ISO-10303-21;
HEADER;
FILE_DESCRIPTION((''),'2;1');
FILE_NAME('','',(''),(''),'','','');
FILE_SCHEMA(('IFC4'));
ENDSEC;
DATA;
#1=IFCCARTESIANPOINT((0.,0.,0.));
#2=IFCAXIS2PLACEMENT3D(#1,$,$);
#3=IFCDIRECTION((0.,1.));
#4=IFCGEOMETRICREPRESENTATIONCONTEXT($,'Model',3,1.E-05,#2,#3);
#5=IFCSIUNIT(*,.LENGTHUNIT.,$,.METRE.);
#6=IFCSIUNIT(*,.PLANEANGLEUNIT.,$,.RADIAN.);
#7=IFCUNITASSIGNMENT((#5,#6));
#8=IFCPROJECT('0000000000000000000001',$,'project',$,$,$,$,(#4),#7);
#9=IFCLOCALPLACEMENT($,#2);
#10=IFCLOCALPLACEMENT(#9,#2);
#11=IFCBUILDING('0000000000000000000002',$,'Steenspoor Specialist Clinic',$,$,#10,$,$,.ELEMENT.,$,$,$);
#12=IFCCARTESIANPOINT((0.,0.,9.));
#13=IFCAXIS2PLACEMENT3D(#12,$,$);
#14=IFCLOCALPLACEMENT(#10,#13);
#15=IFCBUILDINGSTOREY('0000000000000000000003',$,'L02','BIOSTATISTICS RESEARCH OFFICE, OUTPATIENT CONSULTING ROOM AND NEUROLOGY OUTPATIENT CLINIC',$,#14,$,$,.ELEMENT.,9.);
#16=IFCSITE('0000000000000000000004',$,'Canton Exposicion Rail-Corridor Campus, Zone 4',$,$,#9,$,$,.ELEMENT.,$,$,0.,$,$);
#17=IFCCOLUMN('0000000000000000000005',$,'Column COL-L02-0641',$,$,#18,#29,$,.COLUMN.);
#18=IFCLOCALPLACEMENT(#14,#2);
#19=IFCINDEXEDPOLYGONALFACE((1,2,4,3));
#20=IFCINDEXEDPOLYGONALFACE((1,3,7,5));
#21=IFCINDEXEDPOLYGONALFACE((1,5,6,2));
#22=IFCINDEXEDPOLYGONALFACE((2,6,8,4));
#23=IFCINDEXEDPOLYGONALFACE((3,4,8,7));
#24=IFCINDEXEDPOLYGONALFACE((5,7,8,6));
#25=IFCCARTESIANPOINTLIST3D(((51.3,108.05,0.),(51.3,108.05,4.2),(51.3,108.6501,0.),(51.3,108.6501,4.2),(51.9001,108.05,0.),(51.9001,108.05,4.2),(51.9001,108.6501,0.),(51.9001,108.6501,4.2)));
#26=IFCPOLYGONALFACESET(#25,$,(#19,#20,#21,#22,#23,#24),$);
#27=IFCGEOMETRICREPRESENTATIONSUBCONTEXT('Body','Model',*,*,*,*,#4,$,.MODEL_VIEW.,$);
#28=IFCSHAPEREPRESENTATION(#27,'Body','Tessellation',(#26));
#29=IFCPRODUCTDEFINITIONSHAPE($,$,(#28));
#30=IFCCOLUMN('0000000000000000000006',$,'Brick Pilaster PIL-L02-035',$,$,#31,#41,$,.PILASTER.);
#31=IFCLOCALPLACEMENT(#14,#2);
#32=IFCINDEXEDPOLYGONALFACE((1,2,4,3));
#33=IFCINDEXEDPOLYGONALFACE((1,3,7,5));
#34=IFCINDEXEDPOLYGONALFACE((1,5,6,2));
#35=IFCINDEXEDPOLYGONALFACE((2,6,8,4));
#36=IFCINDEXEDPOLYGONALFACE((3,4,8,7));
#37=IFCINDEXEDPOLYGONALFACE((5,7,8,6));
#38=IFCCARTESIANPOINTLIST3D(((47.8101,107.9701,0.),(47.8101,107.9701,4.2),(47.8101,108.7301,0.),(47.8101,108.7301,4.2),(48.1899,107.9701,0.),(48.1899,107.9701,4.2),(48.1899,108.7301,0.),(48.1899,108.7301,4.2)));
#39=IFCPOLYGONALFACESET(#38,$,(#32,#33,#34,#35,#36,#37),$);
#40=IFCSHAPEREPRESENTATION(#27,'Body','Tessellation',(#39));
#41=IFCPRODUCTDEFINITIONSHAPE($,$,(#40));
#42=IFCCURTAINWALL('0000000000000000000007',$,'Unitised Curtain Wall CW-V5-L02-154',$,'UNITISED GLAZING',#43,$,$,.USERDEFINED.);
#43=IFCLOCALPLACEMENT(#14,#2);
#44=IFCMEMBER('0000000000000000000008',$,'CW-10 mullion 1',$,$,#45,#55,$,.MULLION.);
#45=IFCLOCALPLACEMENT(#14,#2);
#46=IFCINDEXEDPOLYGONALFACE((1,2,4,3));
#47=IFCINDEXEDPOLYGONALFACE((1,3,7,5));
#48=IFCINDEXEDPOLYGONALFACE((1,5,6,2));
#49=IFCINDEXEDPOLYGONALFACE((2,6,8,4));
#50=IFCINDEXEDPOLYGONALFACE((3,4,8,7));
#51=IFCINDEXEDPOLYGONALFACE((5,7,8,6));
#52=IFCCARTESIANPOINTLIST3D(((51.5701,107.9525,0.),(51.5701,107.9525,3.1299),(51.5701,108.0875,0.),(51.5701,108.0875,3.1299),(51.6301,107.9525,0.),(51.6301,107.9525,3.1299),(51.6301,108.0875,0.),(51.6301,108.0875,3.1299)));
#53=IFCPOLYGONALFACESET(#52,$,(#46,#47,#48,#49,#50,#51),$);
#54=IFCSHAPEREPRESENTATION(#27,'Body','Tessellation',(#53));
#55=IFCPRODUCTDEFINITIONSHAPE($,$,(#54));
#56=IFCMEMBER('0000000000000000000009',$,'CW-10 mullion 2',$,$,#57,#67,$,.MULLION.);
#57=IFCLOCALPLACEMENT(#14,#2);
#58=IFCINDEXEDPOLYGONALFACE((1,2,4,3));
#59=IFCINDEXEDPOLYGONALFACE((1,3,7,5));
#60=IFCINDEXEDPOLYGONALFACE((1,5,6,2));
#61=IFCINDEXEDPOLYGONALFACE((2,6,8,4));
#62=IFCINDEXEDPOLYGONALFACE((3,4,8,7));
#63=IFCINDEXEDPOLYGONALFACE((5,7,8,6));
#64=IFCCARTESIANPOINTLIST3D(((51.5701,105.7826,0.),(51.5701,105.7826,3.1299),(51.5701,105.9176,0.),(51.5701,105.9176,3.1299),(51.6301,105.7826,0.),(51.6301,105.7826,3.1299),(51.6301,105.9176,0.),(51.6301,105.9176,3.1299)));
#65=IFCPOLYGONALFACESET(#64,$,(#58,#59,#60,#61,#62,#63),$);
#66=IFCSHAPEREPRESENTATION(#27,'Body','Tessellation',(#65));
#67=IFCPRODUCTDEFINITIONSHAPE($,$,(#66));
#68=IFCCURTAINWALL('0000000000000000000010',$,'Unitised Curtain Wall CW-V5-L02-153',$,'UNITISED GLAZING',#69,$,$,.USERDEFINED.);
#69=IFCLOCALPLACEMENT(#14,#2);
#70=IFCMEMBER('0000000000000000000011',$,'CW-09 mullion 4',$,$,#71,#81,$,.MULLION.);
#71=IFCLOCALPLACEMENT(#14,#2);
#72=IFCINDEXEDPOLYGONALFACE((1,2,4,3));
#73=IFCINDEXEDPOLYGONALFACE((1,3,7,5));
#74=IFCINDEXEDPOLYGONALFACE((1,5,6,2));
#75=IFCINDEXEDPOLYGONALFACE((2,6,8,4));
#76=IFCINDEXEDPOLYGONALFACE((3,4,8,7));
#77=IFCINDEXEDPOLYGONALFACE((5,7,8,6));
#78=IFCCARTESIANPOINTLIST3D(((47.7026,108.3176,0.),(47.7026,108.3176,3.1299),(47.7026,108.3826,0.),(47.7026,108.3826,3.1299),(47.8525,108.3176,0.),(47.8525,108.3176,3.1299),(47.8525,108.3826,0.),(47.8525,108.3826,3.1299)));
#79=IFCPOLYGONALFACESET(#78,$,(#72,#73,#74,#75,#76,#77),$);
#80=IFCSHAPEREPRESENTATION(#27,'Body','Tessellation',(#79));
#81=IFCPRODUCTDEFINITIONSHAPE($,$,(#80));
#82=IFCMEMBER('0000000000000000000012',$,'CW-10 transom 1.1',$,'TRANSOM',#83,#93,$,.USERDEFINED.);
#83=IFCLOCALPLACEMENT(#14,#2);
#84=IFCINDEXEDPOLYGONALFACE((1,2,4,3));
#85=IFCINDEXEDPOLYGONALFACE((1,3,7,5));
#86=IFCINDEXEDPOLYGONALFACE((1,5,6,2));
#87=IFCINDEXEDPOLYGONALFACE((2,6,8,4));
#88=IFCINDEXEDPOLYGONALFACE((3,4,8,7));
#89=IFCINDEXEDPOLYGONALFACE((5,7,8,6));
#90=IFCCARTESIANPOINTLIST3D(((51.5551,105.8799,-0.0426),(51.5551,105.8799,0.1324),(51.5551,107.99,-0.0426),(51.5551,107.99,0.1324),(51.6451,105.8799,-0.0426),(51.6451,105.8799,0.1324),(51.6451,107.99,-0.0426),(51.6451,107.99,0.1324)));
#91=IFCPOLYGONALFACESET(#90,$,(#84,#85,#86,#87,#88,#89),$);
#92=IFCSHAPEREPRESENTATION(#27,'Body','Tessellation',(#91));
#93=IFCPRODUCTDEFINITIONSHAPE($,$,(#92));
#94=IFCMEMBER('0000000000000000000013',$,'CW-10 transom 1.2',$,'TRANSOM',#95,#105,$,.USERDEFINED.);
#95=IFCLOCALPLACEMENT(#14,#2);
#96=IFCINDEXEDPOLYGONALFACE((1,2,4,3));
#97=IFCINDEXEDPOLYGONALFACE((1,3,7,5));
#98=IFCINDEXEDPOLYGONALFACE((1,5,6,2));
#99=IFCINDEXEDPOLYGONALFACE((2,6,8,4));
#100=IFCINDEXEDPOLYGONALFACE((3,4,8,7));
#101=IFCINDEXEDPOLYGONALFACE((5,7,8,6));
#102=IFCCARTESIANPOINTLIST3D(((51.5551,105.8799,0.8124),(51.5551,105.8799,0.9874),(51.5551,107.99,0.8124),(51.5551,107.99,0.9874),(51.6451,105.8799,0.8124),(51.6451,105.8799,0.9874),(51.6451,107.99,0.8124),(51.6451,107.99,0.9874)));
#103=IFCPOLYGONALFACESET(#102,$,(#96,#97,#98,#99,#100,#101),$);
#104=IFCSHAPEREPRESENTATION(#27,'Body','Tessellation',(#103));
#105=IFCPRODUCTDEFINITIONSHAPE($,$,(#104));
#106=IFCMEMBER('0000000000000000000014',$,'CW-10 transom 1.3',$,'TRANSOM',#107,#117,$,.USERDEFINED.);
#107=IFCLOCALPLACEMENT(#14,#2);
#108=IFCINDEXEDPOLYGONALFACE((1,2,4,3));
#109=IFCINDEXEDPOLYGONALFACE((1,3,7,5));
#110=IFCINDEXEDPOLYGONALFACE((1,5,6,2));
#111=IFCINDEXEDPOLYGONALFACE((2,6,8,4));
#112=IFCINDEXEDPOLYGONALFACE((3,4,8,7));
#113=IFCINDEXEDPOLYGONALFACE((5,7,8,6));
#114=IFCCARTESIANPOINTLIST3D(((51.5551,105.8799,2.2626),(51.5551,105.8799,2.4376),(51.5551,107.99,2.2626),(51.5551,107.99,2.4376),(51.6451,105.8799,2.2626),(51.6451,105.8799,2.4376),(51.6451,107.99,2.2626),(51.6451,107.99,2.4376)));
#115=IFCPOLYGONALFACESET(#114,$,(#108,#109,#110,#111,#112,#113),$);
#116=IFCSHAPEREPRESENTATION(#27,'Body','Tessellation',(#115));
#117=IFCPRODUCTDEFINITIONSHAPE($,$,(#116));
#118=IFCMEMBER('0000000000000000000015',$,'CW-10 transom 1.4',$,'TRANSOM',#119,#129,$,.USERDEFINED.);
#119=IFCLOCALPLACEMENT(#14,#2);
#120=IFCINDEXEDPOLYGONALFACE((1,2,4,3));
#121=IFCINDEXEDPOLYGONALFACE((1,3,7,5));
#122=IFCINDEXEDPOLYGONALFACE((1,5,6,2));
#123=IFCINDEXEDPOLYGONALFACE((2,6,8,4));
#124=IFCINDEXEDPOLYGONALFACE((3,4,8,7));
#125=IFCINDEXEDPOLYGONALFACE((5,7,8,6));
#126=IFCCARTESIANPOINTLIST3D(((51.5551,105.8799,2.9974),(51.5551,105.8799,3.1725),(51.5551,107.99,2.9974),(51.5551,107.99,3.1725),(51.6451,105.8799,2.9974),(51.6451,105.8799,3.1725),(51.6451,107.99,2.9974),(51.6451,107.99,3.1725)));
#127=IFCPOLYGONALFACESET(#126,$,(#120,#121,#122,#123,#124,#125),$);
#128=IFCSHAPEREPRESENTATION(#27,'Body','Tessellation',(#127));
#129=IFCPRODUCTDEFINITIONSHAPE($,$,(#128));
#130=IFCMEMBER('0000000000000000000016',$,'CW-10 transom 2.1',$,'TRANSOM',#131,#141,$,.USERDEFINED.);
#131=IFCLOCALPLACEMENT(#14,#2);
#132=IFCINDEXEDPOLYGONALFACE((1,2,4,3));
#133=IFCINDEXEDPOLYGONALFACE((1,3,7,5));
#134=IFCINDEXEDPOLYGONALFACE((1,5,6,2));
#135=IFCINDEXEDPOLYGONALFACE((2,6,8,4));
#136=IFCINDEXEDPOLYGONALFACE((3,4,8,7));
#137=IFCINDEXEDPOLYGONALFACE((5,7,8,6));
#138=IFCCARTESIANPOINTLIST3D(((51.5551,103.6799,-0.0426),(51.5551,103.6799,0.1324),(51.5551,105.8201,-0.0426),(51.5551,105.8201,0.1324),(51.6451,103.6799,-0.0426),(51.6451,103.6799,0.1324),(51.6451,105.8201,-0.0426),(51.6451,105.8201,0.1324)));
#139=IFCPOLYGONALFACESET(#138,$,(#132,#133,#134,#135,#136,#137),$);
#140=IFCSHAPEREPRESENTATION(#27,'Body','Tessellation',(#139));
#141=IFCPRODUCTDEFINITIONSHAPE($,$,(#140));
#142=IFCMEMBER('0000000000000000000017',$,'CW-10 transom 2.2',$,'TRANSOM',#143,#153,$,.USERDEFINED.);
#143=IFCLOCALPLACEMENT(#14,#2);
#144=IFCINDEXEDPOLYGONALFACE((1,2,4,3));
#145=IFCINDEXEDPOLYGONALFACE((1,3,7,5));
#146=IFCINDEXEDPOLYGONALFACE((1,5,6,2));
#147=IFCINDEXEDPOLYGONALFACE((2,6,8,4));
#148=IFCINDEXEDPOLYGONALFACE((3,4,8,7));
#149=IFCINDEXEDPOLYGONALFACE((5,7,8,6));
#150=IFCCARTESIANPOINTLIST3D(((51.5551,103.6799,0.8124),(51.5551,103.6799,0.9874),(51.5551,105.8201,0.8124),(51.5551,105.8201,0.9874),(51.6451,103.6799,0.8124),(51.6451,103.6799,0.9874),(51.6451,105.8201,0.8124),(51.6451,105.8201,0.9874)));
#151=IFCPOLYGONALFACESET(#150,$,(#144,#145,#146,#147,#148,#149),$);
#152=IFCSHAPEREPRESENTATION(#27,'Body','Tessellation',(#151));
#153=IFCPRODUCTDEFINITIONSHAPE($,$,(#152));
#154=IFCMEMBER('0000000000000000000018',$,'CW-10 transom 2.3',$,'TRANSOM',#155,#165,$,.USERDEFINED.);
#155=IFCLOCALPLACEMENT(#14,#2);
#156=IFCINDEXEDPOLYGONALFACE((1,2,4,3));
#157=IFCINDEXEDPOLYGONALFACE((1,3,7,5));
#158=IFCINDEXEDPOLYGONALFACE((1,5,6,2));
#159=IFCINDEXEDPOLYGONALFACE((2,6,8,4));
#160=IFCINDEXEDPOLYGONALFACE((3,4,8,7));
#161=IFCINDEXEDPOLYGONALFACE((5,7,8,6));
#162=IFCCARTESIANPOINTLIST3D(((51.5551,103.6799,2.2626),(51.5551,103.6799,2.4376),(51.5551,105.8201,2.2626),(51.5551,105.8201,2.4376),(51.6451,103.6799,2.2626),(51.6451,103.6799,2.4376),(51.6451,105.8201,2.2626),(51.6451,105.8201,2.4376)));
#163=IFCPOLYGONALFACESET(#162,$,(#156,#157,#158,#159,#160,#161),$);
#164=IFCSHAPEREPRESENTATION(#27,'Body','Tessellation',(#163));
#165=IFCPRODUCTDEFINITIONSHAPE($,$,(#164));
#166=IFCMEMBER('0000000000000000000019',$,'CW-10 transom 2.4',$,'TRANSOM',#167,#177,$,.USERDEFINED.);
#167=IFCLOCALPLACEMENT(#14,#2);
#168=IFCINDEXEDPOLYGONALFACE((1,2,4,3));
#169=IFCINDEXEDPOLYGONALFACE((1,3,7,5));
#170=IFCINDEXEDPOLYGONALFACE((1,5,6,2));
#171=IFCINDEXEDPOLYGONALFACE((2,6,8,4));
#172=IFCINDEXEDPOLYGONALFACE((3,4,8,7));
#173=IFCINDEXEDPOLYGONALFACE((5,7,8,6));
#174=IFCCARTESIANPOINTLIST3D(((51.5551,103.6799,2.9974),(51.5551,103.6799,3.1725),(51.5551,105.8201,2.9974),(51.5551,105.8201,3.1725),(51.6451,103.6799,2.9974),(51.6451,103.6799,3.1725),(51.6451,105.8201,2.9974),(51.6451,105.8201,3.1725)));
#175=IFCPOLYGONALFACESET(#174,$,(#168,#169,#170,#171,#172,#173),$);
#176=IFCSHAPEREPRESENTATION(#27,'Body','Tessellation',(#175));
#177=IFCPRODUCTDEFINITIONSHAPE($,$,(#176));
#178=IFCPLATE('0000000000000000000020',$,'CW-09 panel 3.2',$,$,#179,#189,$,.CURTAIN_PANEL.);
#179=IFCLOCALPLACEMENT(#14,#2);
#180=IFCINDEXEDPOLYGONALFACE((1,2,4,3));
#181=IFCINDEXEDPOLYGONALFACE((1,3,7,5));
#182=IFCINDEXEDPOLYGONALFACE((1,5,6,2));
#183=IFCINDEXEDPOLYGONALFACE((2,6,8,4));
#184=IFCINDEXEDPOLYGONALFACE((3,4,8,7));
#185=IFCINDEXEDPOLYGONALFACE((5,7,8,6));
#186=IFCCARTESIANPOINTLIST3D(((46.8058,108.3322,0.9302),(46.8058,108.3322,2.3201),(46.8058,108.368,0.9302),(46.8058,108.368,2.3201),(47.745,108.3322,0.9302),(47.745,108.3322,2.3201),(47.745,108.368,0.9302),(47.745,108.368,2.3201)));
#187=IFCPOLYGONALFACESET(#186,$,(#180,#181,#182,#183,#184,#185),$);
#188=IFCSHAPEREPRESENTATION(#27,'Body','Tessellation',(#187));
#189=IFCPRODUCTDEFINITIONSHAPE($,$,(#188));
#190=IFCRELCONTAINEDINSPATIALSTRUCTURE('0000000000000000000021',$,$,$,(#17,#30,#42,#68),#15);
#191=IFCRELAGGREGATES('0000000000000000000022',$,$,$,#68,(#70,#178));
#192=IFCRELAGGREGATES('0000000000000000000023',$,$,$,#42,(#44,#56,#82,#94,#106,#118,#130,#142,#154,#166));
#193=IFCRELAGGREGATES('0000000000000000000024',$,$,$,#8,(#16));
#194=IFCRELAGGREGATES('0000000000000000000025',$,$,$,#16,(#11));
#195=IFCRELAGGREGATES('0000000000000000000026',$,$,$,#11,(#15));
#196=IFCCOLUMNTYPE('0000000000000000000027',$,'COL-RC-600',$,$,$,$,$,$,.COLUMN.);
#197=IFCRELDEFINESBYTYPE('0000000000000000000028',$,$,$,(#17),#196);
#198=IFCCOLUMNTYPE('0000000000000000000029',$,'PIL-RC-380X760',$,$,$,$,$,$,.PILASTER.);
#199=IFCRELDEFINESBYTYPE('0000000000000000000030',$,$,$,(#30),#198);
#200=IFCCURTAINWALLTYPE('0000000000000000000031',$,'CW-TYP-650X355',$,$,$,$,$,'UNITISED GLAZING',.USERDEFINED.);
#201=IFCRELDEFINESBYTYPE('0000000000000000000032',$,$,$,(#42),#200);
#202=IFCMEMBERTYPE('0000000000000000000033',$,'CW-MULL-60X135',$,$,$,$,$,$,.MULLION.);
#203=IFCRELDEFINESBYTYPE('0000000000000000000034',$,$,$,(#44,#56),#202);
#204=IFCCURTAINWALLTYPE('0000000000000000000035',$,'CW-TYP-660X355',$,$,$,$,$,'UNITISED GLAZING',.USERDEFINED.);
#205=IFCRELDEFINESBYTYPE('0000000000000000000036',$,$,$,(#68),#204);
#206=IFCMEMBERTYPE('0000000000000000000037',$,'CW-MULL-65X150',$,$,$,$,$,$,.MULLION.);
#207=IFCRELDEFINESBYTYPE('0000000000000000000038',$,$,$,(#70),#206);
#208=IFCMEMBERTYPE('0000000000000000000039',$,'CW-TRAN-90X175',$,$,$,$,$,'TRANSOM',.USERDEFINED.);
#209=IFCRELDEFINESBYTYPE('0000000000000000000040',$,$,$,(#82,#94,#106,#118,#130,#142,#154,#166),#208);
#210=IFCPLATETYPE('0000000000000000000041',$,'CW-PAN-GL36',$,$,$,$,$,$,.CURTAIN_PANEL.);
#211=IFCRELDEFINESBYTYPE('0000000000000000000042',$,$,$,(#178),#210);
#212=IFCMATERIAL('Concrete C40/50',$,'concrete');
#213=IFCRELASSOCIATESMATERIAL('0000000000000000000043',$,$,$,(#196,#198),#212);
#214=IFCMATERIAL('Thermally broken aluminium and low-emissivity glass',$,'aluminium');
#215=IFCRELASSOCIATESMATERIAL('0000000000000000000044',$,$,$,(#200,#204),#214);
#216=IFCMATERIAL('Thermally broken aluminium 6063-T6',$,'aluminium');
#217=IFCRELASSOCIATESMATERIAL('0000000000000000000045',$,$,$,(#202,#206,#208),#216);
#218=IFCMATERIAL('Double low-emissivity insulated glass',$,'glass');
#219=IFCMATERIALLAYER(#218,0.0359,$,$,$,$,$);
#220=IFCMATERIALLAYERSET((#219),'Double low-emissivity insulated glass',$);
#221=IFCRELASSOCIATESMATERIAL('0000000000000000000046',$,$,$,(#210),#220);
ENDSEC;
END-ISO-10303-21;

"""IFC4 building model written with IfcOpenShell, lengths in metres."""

from ifc_helpers import new_model, si_unit, direction, frame, origin, origin_2d, place, context, subcontext, project, spatial, rectangle, extrude, material, layer, layer_set, material_profile, profile_set, type_object, element, aggregate, save


model = new_model("IFC4")

# Units and contexts
model_context = context("Model", 3, precision=1e-05, world=origin(), true_north=direction((0.0, 1.0)))
body_context = subcontext(model_context, "Body", "Model", "MODEL_VIEW")
ifc_project = project(units=[si_unit("LENGTHUNIT", "METRE"), si_unit("PLANEANGLEUNIT", "RADIAN")], contexts=[model_context])

# Site, building, storey
site_placement = place(None, origin())
site = spatial("IfcSite", under=ifc_project, at=site_placement, Name="Canton Exposicion Rail-Corridor Campus, Zone 4", CompositionType="ELEMENT", RefElevation=0.0)
building_placement = place(site_placement, origin())
building = spatial("IfcBuilding", under=site, at=building_placement, Name="Steenspoor Specialist Clinic", CompositionType="ELEMENT")
storey_placement = place(building_placement, frame((0.0, 0.0, 9.0)))
storey = spatial("IfcBuildingStorey", under=building, at=storey_placement, Name="L02", Description="BIOSTATISTICS RESEARCH OFFICE, OUTPATIENT CONSULTING ROOM AND NEUROLOGY OUTPATIENT CLINIC", CompositionType="ELEMENT", Elevation=9.0)

# Columns
ifc_material_1 = material(Name="Concrete C40/50", Category="concrete")
ifc_material_profile_1 = material_profile(ifc_material_1, rectangle(XDim=0.6001, YDim=0.6001, at=origin_2d()), Name="RC-COL-600X600")
ifc_profile_set_1 = profile_set([ifc_material_profile_1], Name="Concrete C40/50")
column_type_1 = type_object("IfcColumnType", Name="COL-RC-600", PredefinedType="COLUMN", material=ifc_profile_set_1)
column_1_placement = place(storey_placement, frame((51.6001, 108.3501, 0.0), z_axis=(0.0, 0.0, 1.0), x_axis=(1.0, 0.0, 0.0)))
element("IfcColumn", 1, at=column_1_placement, inside=storey, type_object=column_type_1, Name="Column COL-L02-0641", PredefinedType="COLUMN", context=body_context, shape_type="SweptSolid", body=[
    extrude(rectangle(XDim=0.6001, YDim=0.6001, at=origin_2d()), origin(), (0.0, 0.0, 1.0), 4.2),
])
ifc_material_profile_2 = material_profile(ifc_material_1, rectangle(XDim=0.3799, YDim=0.76, at=origin_2d()), Name="RC-PIL-380X760")
ifc_profile_set_2 = profile_set([ifc_material_profile_2], Name="Concrete C40/50")
column_type_2 = type_object("IfcColumnType", Name="PIL-RC-380X760", PredefinedType="PILASTER", material=ifc_profile_set_2)
column_2_placement = place(storey_placement, frame((48.0, 108.3501, 0.0), z_axis=(0.0, 0.0, 1.0), x_axis=(1.0, 0.0, 0.0)))
element("IfcColumn", 2, at=column_2_placement, inside=storey, type_object=column_type_2, Name="Brick Pilaster PIL-L02-035", PredefinedType="PILASTER", context=body_context, shape_type="SweptSolid", body=[
    extrude(rectangle(XDim=0.3799, YDim=0.76, at=origin_2d()), origin(), (0.0, 0.0, 1.0), 4.2),
])

# Curtain wall, members
ifc_material_2 = material(Name="Thermally broken aluminium and low-emissivity glass", Category="aluminium")
curtain_wall_type_1 = type_object("IfcCurtainWallType", Name="CW-TYP-650X355", ElementType="UNITISED GLAZING", PredefinedType="USERDEFINED", material=ifc_material_2)
curtain_wall_1_placement = place(storey_placement, origin())
curtain_wall_1 = element("IfcCurtainWall", 3, at=curtain_wall_1_placement, inside=storey, type_object=curtain_wall_type_1, Name="Unitised Curtain Wall CW-V5-L02-154", ObjectType="UNITISED GLAZING", PredefinedType="USERDEFINED")
ifc_material_3 = material(Name="Thermally broken aluminium 6063-T6", Category="aluminium")
ifc_material_profile_3 = material_profile(ifc_material_3, rectangle(XDim=0.0601, YDim=0.135, at=origin_2d()), Name="CWM-60X135")
ifc_profile_set_3 = profile_set([ifc_material_profile_3], Name="Thermally broken aluminium 6063-T6")
member_type_1 = type_object("IfcMemberType", Name="CW-MULL-60X135", PredefinedType="MULLION", material=ifc_profile_set_3)
member_1_placement = place(storey_placement, frame((51.6001, 108.02, 0.0), z_axis=(0.0, 0.0, 1.0), x_axis=(1.0, 0.0, 0.0)))
member_1 = element("IfcMember", 4, at=member_1_placement, type_object=member_type_1, Name="CW-10 mullion 1", PredefinedType="MULLION", context=body_context, shape_type="SweptSolid", body=[
    extrude(rectangle(XDim=0.0601, YDim=0.135, at=origin_2d()), origin(), (0.0, 0.0, 1.0), 3.1299),
])
member_2_placement = place(storey_placement, frame((51.6001, 105.8501, 0.0), z_axis=(0.0, 0.0, 1.0), x_axis=(1.0, 0.0, 0.0)))
member_2 = element("IfcMember", 5, at=member_2_placement, type_object=member_type_1, Name="CW-10 mullion 2", PredefinedType="MULLION", context=body_context, shape_type="SweptSolid", body=[
    extrude(rectangle(XDim=0.0601, YDim=0.135, at=origin_2d()), origin(), (0.0, 0.0, 1.0), 3.1299),
])

# Curtain wall, member
curtain_wall_type_2 = type_object("IfcCurtainWallType", Name="CW-TYP-660X355", ElementType="UNITISED GLAZING", PredefinedType="USERDEFINED", material=ifc_material_2)
curtain_wall_2_placement = place(storey_placement, origin())
curtain_wall_2 = element("IfcCurtainWall", 6, at=curtain_wall_2_placement, inside=storey, type_object=curtain_wall_type_2, Name="Unitised Curtain Wall CW-V5-L02-153", ObjectType="UNITISED GLAZING", PredefinedType="USERDEFINED")
ifc_material_profile_4 = material_profile(ifc_material_3, rectangle(XDim=0.0649, YDim=0.1499, at=origin_2d()), Name="CWM-65X150")
ifc_profile_set_4 = profile_set([ifc_material_profile_4], Name="Thermally broken aluminium 6063-T6")
member_type_2 = type_object("IfcMemberType", Name="CW-MULL-65X150", PredefinedType="MULLION", material=ifc_profile_set_4)
member_3_placement = place(storey_placement, frame((47.7776, 108.3501, 0.0), z_axis=(0.0, 0.0, 1.0), x_axis=(0.0, 1.0, 0.0)))
member_3 = element("IfcMember", 7, at=member_3_placement, type_object=member_type_2, Name="CW-09 mullion 4", PredefinedType="MULLION", context=body_context, shape_type="SweptSolid", body=[
    extrude(rectangle(XDim=0.0649, YDim=0.1499, at=origin_2d()), origin(), (0.0, 0.0, 1.0), 3.1299),
])

# Members
ifc_material_profile_5 = material_profile(ifc_material_3, rectangle(XDim=0.0901, YDim=0.175, at=origin_2d()), Name="CWT-90X175")
ifc_profile_set_5 = profile_set([ifc_material_profile_5], Name="Thermally broken aluminium 6063-T6")
member_type_3 = type_object("IfcMemberType", Name="CW-TRAN-90X175", ElementType="TRANSOM", PredefinedType="USERDEFINED", material=ifc_profile_set_5)
member_4_placement = place(storey_placement, frame((51.6001, 107.99, 0.0449), z_axis=(0.0, -1.0, 0.0), x_axis=(1.0, 0.0, 0.0)))
member_4 = element("IfcMember", 8, at=member_4_placement, type_object=member_type_3, Name="CW-10 transom 1.1", ObjectType="TRANSOM", PredefinedType="USERDEFINED", context=body_context, shape_type="SweptSolid", body=[
    extrude(rectangle(XDim=0.0901, YDim=0.175, at=origin_2d()), origin(), (0.0, 0.0, 1.0), 2.1101),
])
member_5_placement = place(storey_placement, frame((51.6001, 107.99, 0.8999), z_axis=(0.0, -1.0, 0.0), x_axis=(1.0, 0.0, 0.0)))
member_5 = element("IfcMember", 9, at=member_5_placement, type_object=member_type_3, Name="CW-10 transom 1.2", ObjectType="TRANSOM", PredefinedType="USERDEFINED", context=body_context, shape_type="SweptSolid", body=[
    extrude(rectangle(XDim=0.0901, YDim=0.175, at=origin_2d()), origin(), (0.0, 0.0, 1.0), 2.1101),
])
member_6_placement = place(storey_placement, frame((51.6001, 107.99, 2.3501), z_axis=(0.0, -1.0, 0.0), x_axis=(1.0, 0.0, 0.0)))
member_6 = element("IfcMember", 10, at=member_6_placement, type_object=member_type_3, Name="CW-10 transom 1.3", ObjectType="TRANSOM", PredefinedType="USERDEFINED", context=body_context, shape_type="SweptSolid", body=[
    extrude(rectangle(XDim=0.0901, YDim=0.175, at=origin_2d()), origin(), (0.0, 0.0, 1.0), 2.1101),
])
member_7_placement = place(storey_placement, frame((51.6001, 107.99, 3.085), z_axis=(0.0, -1.0, 0.0), x_axis=(1.0, 0.0, 0.0)))
member_7 = element("IfcMember", 11, at=member_7_placement, type_object=member_type_3, Name="CW-10 transom 1.4", ObjectType="TRANSOM", PredefinedType="USERDEFINED", context=body_context, shape_type="SweptSolid", body=[
    extrude(rectangle(XDim=0.0901, YDim=0.175, at=origin_2d()), origin(), (0.0, 0.0, 1.0), 2.1101),
])
member_8_placement = place(storey_placement, frame((51.6001, 105.8201, 0.0449), z_axis=(0.0, -1.0, 0.0), x_axis=(1.0, 0.0, 0.0)))
member_8 = element("IfcMember", 12, at=member_8_placement, type_object=member_type_3, Name="CW-10 transom 2.1", ObjectType="TRANSOM", PredefinedType="USERDEFINED", context=body_context, shape_type="SweptSolid", body=[
    extrude(rectangle(XDim=0.0901, YDim=0.175, at=origin_2d()), origin(), (0.0, 0.0, 1.0), 2.1401),
])
member_9_placement = place(storey_placement, frame((51.6001, 105.8201, 0.8999), z_axis=(0.0, -1.0, 0.0), x_axis=(1.0, 0.0, 0.0)))
member_9 = element("IfcMember", 13, at=member_9_placement, type_object=member_type_3, Name="CW-10 transom 2.2", ObjectType="TRANSOM", PredefinedType="USERDEFINED", context=body_context, shape_type="SweptSolid", body=[
    extrude(rectangle(XDim=0.0901, YDim=0.175, at=origin_2d()), origin(), (0.0, 0.0, 1.0), 2.1401),
])
member_10_placement = place(storey_placement, frame((51.6001, 105.8201, 2.3501), z_axis=(0.0, -1.0, 0.0), x_axis=(1.0, 0.0, 0.0)))
member_10 = element("IfcMember", 14, at=member_10_placement, type_object=member_type_3, Name="CW-10 transom 2.3", ObjectType="TRANSOM", PredefinedType="USERDEFINED", context=body_context, shape_type="SweptSolid", body=[
    extrude(rectangle(XDim=0.0901, YDim=0.175, at=origin_2d()), origin(), (0.0, 0.0, 1.0), 2.1401),
])
member_11_placement = place(storey_placement, frame((51.6001, 105.8201, 3.085), z_axis=(0.0, -1.0, 0.0), x_axis=(1.0, 0.0, 0.0)))
member_11 = element("IfcMember", 15, at=member_11_placement, type_object=member_type_3, Name="CW-10 transom 2.4", ObjectType="TRANSOM", PredefinedType="USERDEFINED", context=body_context, shape_type="SweptSolid", body=[
    extrude(rectangle(XDim=0.0901, YDim=0.175, at=origin_2d()), origin(), (0.0, 0.0, 1.0), 2.1401),
])

# Plate
ifc_material_4 = material(Name="Double low-emissivity insulated glass", Category="glass")
ifc_layer_1 = layer(ifc_material_4, 0.0359)
ifc_layer_set_1 = layer_set([ifc_layer_1], Name="Double low-emissivity insulated glass")
plate_type_1 = type_object("IfcPlateType", Name="CW-PAN-GL36", PredefinedType="CURTAIN_PANEL", material=ifc_layer_set_1)
plate_1_placement = place(storey_placement, frame((47.2754, 108.3501, 0.9302), z_axis=(0.0, 0.0, 1.0), x_axis=(1.0, 0.0, 0.0)))
plate_1 = element("IfcPlate", 16, at=plate_1_placement, type_object=plate_type_1, Name="CW-09 panel 3.2", PredefinedType="CURTAIN_PANEL", context=body_context, shape_type="SweptSolid", body=[
    extrude(rectangle(XDim=0.9392, YDim=0.0359, at=origin_2d()), origin(), (0.0, 0.0, 1.0), 1.3899),
])
aggregate(curtain_wall_2, [member_3, plate_1])
aggregate(curtain_wall_1, [member_1, member_2, member_4, member_5, member_6, member_7, member_8, member_9, member_10, member_11])

save(model, "model.ifc")
